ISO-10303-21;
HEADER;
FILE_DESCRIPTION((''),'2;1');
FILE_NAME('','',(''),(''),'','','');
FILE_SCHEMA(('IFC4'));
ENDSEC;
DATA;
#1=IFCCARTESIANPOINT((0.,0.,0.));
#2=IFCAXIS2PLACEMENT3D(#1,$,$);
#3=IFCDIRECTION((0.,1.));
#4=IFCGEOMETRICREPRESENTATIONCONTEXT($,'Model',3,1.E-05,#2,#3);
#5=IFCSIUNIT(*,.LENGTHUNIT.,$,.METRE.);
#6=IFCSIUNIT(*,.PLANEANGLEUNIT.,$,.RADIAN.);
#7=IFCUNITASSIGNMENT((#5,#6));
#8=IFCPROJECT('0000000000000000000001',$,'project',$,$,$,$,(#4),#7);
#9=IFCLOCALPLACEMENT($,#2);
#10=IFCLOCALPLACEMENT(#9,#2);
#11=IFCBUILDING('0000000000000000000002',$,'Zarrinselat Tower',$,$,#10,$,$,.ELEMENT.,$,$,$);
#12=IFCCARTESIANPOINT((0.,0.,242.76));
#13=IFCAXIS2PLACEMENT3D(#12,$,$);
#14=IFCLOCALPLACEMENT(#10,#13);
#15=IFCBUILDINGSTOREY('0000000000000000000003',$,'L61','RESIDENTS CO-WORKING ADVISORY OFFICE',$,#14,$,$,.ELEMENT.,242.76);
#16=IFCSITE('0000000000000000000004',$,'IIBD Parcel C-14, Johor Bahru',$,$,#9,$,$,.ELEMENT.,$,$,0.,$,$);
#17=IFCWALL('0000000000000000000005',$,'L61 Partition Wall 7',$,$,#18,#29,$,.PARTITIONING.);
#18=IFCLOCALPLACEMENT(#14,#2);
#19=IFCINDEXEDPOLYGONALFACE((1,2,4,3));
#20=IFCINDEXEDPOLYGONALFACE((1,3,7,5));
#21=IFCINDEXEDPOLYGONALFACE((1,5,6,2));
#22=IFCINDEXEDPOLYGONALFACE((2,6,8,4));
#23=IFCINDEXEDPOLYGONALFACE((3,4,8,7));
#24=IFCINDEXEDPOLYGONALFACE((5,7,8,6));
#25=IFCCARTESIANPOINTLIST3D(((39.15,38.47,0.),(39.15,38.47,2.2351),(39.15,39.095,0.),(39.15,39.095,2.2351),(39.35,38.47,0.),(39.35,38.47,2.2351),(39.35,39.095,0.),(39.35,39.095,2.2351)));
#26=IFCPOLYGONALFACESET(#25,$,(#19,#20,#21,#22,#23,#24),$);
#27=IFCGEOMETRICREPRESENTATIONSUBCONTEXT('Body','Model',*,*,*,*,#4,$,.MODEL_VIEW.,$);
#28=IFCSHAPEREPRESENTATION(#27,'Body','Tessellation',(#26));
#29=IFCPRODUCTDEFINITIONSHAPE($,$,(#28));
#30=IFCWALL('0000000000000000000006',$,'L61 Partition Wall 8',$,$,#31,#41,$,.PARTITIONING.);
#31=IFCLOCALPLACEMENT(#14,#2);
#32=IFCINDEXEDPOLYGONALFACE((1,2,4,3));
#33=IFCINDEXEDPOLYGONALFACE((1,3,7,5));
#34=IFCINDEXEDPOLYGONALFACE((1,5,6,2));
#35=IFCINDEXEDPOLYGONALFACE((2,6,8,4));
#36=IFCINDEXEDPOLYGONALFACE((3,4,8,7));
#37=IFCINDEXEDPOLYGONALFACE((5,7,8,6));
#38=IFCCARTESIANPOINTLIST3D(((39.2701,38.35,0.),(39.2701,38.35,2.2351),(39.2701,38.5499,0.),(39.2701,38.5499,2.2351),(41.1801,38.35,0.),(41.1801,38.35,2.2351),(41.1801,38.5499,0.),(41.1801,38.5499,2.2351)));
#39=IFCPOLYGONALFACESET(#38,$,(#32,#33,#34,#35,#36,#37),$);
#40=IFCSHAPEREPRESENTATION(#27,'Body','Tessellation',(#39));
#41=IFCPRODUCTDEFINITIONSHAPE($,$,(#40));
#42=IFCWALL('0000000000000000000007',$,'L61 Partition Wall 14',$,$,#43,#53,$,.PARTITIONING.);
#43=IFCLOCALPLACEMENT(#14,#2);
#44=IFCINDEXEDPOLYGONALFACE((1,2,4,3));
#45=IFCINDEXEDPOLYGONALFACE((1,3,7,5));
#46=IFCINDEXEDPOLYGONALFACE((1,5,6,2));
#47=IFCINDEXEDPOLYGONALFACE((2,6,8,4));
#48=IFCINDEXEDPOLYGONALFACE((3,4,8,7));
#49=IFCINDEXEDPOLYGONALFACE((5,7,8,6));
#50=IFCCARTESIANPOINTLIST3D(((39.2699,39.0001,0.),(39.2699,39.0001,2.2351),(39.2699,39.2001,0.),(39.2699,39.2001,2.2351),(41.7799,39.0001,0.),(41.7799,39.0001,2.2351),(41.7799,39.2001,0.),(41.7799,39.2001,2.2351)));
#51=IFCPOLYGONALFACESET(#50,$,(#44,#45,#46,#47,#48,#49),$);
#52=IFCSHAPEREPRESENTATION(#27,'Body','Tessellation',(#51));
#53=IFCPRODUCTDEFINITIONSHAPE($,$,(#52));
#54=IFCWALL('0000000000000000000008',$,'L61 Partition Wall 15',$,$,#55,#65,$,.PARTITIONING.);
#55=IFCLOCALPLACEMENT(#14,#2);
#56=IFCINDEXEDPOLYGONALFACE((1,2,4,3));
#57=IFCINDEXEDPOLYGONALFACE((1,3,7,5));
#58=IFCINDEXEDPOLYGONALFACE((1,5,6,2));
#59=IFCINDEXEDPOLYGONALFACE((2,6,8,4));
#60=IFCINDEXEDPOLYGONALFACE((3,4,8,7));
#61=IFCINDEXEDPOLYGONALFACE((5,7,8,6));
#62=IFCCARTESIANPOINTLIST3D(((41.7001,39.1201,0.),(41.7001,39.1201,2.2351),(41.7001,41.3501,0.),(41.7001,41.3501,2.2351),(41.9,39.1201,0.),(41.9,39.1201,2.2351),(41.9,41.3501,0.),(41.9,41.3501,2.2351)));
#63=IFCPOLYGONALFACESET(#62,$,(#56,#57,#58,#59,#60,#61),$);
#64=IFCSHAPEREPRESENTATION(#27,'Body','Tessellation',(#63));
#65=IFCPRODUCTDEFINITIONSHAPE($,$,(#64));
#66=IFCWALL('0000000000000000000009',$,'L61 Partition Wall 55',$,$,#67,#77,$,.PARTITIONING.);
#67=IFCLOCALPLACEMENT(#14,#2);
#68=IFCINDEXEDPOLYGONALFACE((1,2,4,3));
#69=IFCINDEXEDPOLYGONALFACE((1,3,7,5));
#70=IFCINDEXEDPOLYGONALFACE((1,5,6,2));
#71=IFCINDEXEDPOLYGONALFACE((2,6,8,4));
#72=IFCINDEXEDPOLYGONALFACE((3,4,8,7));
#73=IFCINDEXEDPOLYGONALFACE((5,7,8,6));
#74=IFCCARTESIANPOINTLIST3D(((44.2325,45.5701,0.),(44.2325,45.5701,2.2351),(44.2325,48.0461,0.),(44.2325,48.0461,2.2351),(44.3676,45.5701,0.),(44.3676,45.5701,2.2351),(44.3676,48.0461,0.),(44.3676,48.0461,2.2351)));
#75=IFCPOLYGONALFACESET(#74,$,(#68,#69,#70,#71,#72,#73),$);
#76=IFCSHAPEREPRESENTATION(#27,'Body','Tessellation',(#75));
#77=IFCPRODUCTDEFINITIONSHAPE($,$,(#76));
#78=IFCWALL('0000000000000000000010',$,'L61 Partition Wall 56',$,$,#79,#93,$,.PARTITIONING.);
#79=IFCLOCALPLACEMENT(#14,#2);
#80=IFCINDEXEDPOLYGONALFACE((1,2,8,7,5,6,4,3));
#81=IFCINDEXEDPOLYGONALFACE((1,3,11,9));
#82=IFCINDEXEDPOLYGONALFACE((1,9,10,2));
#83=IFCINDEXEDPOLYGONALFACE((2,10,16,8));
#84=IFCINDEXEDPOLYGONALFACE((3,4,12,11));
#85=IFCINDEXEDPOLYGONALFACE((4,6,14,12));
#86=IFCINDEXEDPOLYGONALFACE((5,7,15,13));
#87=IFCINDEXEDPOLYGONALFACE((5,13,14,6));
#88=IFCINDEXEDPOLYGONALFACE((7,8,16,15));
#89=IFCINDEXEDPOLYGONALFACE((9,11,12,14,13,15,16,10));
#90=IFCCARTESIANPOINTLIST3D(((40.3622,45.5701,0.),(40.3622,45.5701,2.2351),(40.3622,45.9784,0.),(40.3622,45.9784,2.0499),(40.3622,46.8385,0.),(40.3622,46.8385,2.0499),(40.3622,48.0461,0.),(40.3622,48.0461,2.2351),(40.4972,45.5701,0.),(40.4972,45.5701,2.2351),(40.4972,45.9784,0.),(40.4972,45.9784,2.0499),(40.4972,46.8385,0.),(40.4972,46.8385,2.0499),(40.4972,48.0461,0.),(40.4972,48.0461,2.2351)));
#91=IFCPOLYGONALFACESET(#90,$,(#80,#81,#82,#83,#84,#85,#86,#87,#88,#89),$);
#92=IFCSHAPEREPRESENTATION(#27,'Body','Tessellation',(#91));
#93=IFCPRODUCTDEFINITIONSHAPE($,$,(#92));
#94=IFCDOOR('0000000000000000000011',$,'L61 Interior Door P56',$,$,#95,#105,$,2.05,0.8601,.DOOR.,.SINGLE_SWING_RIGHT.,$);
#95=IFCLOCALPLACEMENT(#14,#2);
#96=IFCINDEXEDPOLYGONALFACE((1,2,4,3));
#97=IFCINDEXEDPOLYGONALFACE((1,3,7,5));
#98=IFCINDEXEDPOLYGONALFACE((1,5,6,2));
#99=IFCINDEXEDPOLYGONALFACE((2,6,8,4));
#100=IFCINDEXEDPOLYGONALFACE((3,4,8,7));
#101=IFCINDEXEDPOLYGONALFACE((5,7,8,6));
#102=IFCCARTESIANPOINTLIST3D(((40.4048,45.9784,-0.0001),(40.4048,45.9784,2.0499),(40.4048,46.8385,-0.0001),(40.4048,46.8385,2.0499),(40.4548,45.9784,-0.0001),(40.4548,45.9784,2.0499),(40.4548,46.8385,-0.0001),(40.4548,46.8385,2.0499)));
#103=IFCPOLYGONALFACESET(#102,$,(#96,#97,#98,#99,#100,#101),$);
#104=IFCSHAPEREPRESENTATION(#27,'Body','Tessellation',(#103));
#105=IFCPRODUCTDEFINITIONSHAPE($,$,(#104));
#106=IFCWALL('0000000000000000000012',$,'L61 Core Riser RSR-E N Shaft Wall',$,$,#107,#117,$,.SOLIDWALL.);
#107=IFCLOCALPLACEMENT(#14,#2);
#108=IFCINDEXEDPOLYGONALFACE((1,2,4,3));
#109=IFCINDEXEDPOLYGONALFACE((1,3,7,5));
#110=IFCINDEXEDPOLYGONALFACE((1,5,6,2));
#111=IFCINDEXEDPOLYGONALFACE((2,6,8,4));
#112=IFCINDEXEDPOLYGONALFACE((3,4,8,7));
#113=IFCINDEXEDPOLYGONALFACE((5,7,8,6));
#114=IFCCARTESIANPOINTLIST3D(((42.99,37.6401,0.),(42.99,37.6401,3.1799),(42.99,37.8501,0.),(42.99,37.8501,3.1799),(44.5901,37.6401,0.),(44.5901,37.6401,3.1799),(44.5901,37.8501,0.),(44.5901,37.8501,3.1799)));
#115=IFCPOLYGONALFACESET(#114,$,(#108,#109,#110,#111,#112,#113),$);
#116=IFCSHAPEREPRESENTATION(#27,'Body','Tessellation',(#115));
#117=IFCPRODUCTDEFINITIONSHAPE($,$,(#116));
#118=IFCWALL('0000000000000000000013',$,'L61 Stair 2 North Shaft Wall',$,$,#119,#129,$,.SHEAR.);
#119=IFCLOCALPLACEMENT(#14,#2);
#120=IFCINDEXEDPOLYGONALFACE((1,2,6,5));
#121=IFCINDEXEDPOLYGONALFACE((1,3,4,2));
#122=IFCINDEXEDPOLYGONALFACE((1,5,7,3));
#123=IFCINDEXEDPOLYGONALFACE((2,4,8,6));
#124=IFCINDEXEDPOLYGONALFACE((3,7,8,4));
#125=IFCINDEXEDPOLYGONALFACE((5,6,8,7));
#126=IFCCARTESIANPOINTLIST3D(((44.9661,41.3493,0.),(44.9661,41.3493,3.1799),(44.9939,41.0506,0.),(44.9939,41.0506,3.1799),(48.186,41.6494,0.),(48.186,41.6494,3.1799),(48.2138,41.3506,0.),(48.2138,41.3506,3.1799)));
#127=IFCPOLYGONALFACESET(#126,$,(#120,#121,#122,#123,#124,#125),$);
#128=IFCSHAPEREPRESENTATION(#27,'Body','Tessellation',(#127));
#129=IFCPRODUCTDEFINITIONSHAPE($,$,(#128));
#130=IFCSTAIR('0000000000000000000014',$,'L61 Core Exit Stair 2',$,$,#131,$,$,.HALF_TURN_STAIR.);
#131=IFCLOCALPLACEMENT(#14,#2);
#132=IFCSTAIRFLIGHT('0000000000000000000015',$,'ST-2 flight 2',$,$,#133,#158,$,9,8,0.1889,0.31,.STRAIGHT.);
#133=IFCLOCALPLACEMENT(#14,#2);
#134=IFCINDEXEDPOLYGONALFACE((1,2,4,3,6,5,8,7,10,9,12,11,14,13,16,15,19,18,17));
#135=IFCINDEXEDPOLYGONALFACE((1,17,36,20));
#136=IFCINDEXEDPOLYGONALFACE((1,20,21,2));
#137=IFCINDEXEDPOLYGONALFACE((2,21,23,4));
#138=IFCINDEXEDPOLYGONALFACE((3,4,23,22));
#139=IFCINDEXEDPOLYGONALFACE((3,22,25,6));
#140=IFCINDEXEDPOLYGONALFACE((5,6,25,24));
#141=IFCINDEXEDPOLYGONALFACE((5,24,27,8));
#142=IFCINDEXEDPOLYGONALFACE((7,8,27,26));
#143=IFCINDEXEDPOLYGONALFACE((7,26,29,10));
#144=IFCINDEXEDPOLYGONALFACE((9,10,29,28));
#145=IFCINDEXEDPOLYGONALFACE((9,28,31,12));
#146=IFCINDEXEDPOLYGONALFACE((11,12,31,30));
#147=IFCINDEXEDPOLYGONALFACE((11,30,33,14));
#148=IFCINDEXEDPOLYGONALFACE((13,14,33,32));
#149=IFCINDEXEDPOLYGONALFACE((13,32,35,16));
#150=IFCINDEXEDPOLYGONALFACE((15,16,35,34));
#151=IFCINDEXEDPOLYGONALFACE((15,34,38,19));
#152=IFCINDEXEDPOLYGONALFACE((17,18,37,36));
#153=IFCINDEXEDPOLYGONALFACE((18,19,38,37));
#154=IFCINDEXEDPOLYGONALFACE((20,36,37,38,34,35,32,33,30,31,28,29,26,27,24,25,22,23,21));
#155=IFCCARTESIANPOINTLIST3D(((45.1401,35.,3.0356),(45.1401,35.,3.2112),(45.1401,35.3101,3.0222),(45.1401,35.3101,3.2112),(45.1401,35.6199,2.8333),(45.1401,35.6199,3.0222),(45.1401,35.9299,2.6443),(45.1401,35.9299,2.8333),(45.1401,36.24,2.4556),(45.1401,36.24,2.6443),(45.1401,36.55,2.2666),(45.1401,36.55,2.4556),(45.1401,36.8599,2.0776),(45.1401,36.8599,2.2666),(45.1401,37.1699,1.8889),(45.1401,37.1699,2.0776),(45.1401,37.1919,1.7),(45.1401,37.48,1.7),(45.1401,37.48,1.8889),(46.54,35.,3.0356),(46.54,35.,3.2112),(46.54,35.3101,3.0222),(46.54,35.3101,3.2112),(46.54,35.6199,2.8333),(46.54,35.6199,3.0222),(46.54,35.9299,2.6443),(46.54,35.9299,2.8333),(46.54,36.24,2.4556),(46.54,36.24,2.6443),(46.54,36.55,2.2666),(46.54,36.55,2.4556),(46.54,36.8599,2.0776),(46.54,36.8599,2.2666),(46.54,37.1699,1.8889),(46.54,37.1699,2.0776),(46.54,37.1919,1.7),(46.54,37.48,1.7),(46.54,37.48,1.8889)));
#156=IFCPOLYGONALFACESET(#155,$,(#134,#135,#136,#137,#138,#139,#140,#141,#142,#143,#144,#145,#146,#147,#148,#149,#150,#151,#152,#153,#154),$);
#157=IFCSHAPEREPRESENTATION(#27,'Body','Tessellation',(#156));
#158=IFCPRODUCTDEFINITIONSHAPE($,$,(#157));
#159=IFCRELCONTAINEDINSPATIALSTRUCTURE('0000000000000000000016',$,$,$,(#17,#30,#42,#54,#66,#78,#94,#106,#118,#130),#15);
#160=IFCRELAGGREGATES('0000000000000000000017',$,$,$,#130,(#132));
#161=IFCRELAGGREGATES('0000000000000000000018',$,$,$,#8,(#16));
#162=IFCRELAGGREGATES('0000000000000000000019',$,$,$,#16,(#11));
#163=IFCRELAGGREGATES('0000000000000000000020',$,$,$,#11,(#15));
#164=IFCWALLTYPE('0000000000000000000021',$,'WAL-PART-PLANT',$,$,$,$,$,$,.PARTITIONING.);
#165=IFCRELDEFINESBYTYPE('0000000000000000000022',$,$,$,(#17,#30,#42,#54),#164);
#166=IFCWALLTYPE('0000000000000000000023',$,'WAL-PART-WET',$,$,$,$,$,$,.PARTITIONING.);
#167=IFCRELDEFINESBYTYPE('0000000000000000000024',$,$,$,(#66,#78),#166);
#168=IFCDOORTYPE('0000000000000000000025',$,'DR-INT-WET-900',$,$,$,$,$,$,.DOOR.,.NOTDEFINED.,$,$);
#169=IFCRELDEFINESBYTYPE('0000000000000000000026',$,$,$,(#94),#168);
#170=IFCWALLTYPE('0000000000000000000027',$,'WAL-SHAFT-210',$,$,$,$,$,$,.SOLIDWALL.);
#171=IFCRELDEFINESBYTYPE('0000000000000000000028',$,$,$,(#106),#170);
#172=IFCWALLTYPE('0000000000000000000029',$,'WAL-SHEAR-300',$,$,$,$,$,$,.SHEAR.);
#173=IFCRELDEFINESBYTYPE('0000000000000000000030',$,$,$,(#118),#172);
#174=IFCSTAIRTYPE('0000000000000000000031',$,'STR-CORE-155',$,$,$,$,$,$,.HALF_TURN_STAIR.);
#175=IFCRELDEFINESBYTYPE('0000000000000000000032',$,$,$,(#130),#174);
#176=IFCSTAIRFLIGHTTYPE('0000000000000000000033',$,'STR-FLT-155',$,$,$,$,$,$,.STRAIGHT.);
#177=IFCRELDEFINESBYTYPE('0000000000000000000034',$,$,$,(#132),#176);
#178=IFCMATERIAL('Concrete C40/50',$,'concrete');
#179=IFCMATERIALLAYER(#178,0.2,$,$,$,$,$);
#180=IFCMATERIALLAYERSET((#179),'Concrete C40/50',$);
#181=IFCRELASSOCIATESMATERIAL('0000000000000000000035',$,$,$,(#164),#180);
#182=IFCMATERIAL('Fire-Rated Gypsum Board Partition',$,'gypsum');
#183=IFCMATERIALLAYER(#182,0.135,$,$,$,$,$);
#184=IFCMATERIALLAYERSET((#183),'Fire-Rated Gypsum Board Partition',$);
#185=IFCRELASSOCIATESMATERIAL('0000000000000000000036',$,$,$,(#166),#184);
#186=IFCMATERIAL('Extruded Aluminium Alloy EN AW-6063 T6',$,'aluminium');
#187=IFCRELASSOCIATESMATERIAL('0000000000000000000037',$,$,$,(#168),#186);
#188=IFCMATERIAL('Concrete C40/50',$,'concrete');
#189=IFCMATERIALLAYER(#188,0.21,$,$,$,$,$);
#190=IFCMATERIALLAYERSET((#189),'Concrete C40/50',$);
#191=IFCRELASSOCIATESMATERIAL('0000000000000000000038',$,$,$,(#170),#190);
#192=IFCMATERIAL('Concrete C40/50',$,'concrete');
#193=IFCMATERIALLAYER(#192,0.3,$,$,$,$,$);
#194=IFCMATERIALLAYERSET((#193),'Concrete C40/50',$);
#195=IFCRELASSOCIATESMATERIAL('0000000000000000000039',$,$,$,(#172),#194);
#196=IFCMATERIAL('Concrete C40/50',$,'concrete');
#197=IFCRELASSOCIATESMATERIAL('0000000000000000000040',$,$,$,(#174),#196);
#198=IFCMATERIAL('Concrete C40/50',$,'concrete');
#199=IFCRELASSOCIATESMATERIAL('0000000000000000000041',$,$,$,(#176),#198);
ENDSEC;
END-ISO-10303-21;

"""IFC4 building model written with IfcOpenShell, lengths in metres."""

from ifc_helpers import new_model, si_unit, direction, frame, frame_2d, origin, place, context, subcontext, project, spatial, polyline, rectangle, outline, extrude, material, layer, layer_set, type_object, element, fill, aggregate, save


model = new_model("IFC4")

# Units and contexts
model_context = context("Model", 3, precision=1e-05, world=origin(), true_north=direction((0.0, 1.0)))
body_context = subcontext(model_context, "Body", "Model", "MODEL_VIEW")
ifc_project = project(units=[si_unit("LENGTHUNIT", "METRE"), si_unit("PLANEANGLEUNIT", "RADIAN")], contexts=[model_context])

# Site, building, storey
site_placement = place(None, origin())
site = spatial("IfcSite", under=ifc_project, at=site_placement, Name="IIBD Parcel C-14, Johor Bahru", CompositionType="ELEMENT", RefElevation=0.0)
building_placement = place(site_placement, origin())
building = spatial("IfcBuilding", under=site, at=building_placement, Name="Zarrinselat Tower", CompositionType="ELEMENT")
storey_placement = place(building_placement, frame((0.0, 0.0, 242.76)))
storey = spatial("IfcBuildingStorey", under=building, at=storey_placement, Name="L61", Description="RESIDENTS CO-WORKING ADVISORY OFFICE", CompositionType="ELEMENT", Elevation=242.76)

# Walls
ifc_material_1 = material(Name="Concrete C40/50", Category="concrete")
ifc_layer_1 = layer(ifc_material_1, 0.2)
ifc_layer_set_1 = layer_set([ifc_layer_1], Name="Concrete C40/50")
wall_type_1 = type_object("IfcWallType", Name="WAL-PART-PLANT", PredefinedType="PARTITIONING", material=ifc_layer_set_1)
wall_1_placement = place(storey_placement, frame((39.25, 38.47, 0.0), z_axis=(0.0, 0.0, 1.0), x_axis=(0.0, 1.0, 0.0)))
element("IfcWall", 1, at=wall_1_placement, inside=storey, type_object=wall_type_1, Name="L61 Partition Wall 7", PredefinedType="PARTITIONING", context=body_context, shape_type="SweptSolid", body=[
    extrude(rectangle(XDim=0.625, YDim=0.2, at=frame_2d((0.3125, 0.0))), origin(), (0.0, 0.0, 1.0), 2.2351),
])
wall_2_placement = place(storey_placement, frame((39.27, 38.45, 0.0), z_axis=(0.0, 0.0, 1.0), x_axis=(1.0, 0.0, 0.0)))
element("IfcWall", 2, at=wall_2_placement, inside=storey, type_object=wall_type_1, Name="L61 Partition Wall 8", PredefinedType="PARTITIONING", context=body_context, shape_type="SweptSolid", body=[
    extrude(rectangle(XDim=1.9099, YDim=0.2, at=frame_2d((0.9551, 0.0))), origin(), (0.0, 0.0, 1.0), 2.2351),
])
wall_3_placement = place(storey_placement, frame((39.27, 39.1001, 0.0), z_axis=(0.0, 0.0, 1.0), x_axis=(1.0, 0.0, 0.0)))
element("IfcWall", 3, at=wall_3_placement, inside=storey, type_object=wall_type_1, Name="L61 Partition Wall 14", PredefinedType="PARTITIONING", context=body_context, shape_type="SweptSolid", body=[
    extrude(rectangle(XDim=2.51, YDim=0.2, at=frame_2d((1.2549, 0.0))), origin(), (0.0, 0.0, 1.0), 2.2351),
])
wall_4_placement = place(storey_placement, frame((41.8, 39.1201, 0.0), z_axis=(0.0, 0.0, 1.0), x_axis=(0.0, 1.0, 0.0)))
element("IfcWall", 4, at=wall_4_placement, inside=storey, type_object=wall_type_1, Name="L61 Partition Wall 15", PredefinedType="PARTITIONING", context=body_context, shape_type="SweptSolid", body=[
    extrude(rectangle(XDim=2.23, YDim=0.2, at=frame_2d((1.115, 0.0))), origin(), (0.0, 0.0, 1.0), 2.2351),
])
ifc_material_2 = material(Name="Fire-Rated Gypsum Board Partition", Category="gypsum")
ifc_layer_2 = layer(ifc_material_2, 0.135)
ifc_layer_set_2 = layer_set([ifc_layer_2], Name="Fire-Rated Gypsum Board Partition")
wall_type_2 = type_object("IfcWallType", Name="WAL-PART-WET", PredefinedType="PARTITIONING", material=ifc_layer_set_2)
wall_5_placement = place(storey_placement, frame((44.3, 45.5701, 0.0), z_axis=(0.0, 0.0, 1.0), x_axis=(0.0, 1.0, 0.0)))
element("IfcWall", 5, at=wall_5_placement, inside=storey, type_object=wall_type_2, Name="L61 Partition Wall 55", PredefinedType="PARTITIONING", context=body_context, shape_type="SweptSolid", body=[
    extrude(rectangle(XDim=2.4761, YDim=0.135, at=frame_2d((1.238, 0.0))), origin(), (0.0, 0.0, 1.0), 2.2351),
])

# Wall, opening, door
wall_6_placement = place(storey_placement, frame((40.4297, 45.5701, 0.0), z_axis=(0.0, 0.0, 1.0), x_axis=(0.0, 1.0, 0.0)))
wall_6 = element("IfcWall", 6, at=wall_6_placement, inside=storey, type_object=wall_type_2, Name="L61 Partition Wall 56", PredefinedType="PARTITIONING", context=body_context, shape_type="SweptSolid", body=[
    extrude(rectangle(XDim=2.4761, YDim=0.135, at=frame_2d((1.238, 0.0))), origin(), (0.0, 0.0, 1.0), 2.2351),
])
opening_1_placement = place(wall_6_placement, frame((0.4082, 0.0, 0.0)))
opening_1 = element("IfcOpeningElement", 7, at=opening_1_placement, cuts=wall_6, PredefinedType="OPENING", context=body_context, shape_type="SweptSolid", body=[
    extrude(rectangle(XDim=0.8601, YDim=2.05, at=frame_2d((0.4302, 1.0249))), frame((0.0, 0.0774, 0.0), z_axis=(0.0, -1.0, 0.0), x_axis=(1.0, 0.0, 0.0)), (0.0, 0.0, 1.0), 0.155),
])
ifc_material_3 = material(Name="Extruded Aluminium Alloy EN AW-6063 T6", Category="aluminium")
door_type_1 = type_object("IfcDoorType", Name="DR-INT-WET-900", OperationType="NOTDEFINED", PredefinedType="DOOR", material=ifc_material_3)
door_1_placement = place(opening_1_placement, origin())
door_1 = element("IfcDoor", 8, at=door_1_placement, inside=storey, type_object=door_type_1, Name="L61 Interior Door P56", OperationType="SINGLE_SWING_RIGHT", OverallHeight=2.05, OverallWidth=0.8601, PredefinedType="DOOR", context=body_context, shape_type="SweptSolid", body=[
    extrude(rectangle(XDim=0.8601, YDim=2.05, at=frame_2d((0.4302, 1.0249))), frame((0.0, 0.0249, 0.0), z_axis=(0.0, -1.0, 0.0), x_axis=(1.0, 0.0, 0.0)), (0.0, 0.0, 1.0), 0.05),
])
fill(opening_1, door_1)

# Walls
ifc_material_4 = material(Name="Concrete C40/50", Category="concrete")
ifc_layer_3 = layer(ifc_material_4, 0.21)
ifc_layer_set_3 = layer_set([ifc_layer_3], Name="Concrete C40/50")
wall_type_3 = type_object("IfcWallType", Name="WAL-SHAFT-210", PredefinedType="SOLIDWALL", material=ifc_layer_set_3)
wall_7_placement = place(storey_placement, frame((42.99, 37.7451, 0.0), z_axis=(0.0, 0.0, 1.0), x_axis=(1.0, 0.0, 0.0)))
element("IfcWall", 9, at=wall_7_placement, inside=storey, type_object=wall_type_3, Name="L61 Core Riser RSR-E N Shaft Wall", PredefinedType="SOLIDWALL", context=body_context, shape_type="SweptSolid", body=[
    extrude(rectangle(XDim=1.6001, YDim=0.21, at=frame_2d((0.8, 0.0))), origin(), (0.0, 0.0, 1.0), 3.1799),
])
ifc_material_5 = material(Name="Concrete C40/50", Category="concrete")
ifc_layer_4 = layer(ifc_material_5, 0.3)
ifc_layer_set_4 = layer_set([ifc_layer_4], Name="Concrete C40/50")
wall_type_4 = type_object("IfcWallType", Name="WAL-SHEAR-300", PredefinedType="SHEAR", material=ifc_layer_set_4)
wall_8_placement = place(storey_placement, frame((44.98, 41.2, 0.0), z_axis=(0.0, 0.0, 1.0), x_axis=(0.995686, 0.092782, 0.0)))
element("IfcWall", 10, at=wall_8_placement, inside=storey, type_object=wall_type_4, Name="L61 Stair 2 North Shaft Wall", PredefinedType="SHEAR", context=body_context, shape_type="SweptSolid", body=[
    extrude(rectangle(XDim=3.2339, YDim=0.3, at=frame_2d((1.6169, 0.0))), origin(), (0.0, 0.0, 1.0), 3.1799),
])

# Stair, stair flight
ifc_material_6 = material(Name="Concrete C40/50", Category="concrete")
stair_type = type_object("IfcStairType", Name="STR-CORE-155", PredefinedType="HALF_TURN_STAIR", material=ifc_material_6)
stair_placement = place(storey_placement, origin())
stair = element("IfcStair", 11, at=stair_placement, inside=storey, type_object=stair_type, Name="L61 Core Exit Stair 2", PredefinedType="HALF_TURN_STAIR")
ifc_material_7 = material(Name="Concrete C40/50", Category="concrete")
stair_flight_type = type_object("IfcStairFlightType", Name="STR-FLT-155", PredefinedType="STRAIGHT", material=ifc_material_7)
stair_flight_placement = place(storey_placement, frame((45.8401, 37.48, 1.7), z_axis=(0.0, 0.0, 1.0), x_axis=(0.0, -1.0, 0.0)))
stair_flight = element("IfcStairFlight", 12, at=stair_flight_placement, type_object=stair_flight_type, Name="ST-2 flight 2", NumberOfRisers=9, NumberOfTreads=8, PredefinedType="STRAIGHT", RiserHeight=0.1889, TreadLength=0.31, context=body_context, shape_type="SweptSolid", body=[
    extrude(outline(polyline([(0.0, 0.0), (0.0, 0.189), (0.3101, 0.189), (0.3101, 0.3777), (0.6201, 0.3777), (0.6201, 0.5667), (0.9299, 0.5667), (0.9299, 0.7556), (1.24, 0.7556), (1.24, 0.9443), (1.55, 0.9443), (1.55, 1.1333), (1.8601, 1.1333), (1.8601, 1.3223), (2.1699, 1.3223), (2.1699, 1.5112), (2.48, 1.5112), (2.48, 1.7), (2.48, 1.3357), (0.2881, 0.0), (0.0, 0.0)])), frame((0.0, 0.7, 0.0), z_axis=(0.0, -1.0, 0.0), x_axis=(1.0, 0.0, 0.0)), (0.0, 0.0, 1.0), 1.3999),
])
aggregate(stair, [stair_flight])

save(model, "model.ifc")
